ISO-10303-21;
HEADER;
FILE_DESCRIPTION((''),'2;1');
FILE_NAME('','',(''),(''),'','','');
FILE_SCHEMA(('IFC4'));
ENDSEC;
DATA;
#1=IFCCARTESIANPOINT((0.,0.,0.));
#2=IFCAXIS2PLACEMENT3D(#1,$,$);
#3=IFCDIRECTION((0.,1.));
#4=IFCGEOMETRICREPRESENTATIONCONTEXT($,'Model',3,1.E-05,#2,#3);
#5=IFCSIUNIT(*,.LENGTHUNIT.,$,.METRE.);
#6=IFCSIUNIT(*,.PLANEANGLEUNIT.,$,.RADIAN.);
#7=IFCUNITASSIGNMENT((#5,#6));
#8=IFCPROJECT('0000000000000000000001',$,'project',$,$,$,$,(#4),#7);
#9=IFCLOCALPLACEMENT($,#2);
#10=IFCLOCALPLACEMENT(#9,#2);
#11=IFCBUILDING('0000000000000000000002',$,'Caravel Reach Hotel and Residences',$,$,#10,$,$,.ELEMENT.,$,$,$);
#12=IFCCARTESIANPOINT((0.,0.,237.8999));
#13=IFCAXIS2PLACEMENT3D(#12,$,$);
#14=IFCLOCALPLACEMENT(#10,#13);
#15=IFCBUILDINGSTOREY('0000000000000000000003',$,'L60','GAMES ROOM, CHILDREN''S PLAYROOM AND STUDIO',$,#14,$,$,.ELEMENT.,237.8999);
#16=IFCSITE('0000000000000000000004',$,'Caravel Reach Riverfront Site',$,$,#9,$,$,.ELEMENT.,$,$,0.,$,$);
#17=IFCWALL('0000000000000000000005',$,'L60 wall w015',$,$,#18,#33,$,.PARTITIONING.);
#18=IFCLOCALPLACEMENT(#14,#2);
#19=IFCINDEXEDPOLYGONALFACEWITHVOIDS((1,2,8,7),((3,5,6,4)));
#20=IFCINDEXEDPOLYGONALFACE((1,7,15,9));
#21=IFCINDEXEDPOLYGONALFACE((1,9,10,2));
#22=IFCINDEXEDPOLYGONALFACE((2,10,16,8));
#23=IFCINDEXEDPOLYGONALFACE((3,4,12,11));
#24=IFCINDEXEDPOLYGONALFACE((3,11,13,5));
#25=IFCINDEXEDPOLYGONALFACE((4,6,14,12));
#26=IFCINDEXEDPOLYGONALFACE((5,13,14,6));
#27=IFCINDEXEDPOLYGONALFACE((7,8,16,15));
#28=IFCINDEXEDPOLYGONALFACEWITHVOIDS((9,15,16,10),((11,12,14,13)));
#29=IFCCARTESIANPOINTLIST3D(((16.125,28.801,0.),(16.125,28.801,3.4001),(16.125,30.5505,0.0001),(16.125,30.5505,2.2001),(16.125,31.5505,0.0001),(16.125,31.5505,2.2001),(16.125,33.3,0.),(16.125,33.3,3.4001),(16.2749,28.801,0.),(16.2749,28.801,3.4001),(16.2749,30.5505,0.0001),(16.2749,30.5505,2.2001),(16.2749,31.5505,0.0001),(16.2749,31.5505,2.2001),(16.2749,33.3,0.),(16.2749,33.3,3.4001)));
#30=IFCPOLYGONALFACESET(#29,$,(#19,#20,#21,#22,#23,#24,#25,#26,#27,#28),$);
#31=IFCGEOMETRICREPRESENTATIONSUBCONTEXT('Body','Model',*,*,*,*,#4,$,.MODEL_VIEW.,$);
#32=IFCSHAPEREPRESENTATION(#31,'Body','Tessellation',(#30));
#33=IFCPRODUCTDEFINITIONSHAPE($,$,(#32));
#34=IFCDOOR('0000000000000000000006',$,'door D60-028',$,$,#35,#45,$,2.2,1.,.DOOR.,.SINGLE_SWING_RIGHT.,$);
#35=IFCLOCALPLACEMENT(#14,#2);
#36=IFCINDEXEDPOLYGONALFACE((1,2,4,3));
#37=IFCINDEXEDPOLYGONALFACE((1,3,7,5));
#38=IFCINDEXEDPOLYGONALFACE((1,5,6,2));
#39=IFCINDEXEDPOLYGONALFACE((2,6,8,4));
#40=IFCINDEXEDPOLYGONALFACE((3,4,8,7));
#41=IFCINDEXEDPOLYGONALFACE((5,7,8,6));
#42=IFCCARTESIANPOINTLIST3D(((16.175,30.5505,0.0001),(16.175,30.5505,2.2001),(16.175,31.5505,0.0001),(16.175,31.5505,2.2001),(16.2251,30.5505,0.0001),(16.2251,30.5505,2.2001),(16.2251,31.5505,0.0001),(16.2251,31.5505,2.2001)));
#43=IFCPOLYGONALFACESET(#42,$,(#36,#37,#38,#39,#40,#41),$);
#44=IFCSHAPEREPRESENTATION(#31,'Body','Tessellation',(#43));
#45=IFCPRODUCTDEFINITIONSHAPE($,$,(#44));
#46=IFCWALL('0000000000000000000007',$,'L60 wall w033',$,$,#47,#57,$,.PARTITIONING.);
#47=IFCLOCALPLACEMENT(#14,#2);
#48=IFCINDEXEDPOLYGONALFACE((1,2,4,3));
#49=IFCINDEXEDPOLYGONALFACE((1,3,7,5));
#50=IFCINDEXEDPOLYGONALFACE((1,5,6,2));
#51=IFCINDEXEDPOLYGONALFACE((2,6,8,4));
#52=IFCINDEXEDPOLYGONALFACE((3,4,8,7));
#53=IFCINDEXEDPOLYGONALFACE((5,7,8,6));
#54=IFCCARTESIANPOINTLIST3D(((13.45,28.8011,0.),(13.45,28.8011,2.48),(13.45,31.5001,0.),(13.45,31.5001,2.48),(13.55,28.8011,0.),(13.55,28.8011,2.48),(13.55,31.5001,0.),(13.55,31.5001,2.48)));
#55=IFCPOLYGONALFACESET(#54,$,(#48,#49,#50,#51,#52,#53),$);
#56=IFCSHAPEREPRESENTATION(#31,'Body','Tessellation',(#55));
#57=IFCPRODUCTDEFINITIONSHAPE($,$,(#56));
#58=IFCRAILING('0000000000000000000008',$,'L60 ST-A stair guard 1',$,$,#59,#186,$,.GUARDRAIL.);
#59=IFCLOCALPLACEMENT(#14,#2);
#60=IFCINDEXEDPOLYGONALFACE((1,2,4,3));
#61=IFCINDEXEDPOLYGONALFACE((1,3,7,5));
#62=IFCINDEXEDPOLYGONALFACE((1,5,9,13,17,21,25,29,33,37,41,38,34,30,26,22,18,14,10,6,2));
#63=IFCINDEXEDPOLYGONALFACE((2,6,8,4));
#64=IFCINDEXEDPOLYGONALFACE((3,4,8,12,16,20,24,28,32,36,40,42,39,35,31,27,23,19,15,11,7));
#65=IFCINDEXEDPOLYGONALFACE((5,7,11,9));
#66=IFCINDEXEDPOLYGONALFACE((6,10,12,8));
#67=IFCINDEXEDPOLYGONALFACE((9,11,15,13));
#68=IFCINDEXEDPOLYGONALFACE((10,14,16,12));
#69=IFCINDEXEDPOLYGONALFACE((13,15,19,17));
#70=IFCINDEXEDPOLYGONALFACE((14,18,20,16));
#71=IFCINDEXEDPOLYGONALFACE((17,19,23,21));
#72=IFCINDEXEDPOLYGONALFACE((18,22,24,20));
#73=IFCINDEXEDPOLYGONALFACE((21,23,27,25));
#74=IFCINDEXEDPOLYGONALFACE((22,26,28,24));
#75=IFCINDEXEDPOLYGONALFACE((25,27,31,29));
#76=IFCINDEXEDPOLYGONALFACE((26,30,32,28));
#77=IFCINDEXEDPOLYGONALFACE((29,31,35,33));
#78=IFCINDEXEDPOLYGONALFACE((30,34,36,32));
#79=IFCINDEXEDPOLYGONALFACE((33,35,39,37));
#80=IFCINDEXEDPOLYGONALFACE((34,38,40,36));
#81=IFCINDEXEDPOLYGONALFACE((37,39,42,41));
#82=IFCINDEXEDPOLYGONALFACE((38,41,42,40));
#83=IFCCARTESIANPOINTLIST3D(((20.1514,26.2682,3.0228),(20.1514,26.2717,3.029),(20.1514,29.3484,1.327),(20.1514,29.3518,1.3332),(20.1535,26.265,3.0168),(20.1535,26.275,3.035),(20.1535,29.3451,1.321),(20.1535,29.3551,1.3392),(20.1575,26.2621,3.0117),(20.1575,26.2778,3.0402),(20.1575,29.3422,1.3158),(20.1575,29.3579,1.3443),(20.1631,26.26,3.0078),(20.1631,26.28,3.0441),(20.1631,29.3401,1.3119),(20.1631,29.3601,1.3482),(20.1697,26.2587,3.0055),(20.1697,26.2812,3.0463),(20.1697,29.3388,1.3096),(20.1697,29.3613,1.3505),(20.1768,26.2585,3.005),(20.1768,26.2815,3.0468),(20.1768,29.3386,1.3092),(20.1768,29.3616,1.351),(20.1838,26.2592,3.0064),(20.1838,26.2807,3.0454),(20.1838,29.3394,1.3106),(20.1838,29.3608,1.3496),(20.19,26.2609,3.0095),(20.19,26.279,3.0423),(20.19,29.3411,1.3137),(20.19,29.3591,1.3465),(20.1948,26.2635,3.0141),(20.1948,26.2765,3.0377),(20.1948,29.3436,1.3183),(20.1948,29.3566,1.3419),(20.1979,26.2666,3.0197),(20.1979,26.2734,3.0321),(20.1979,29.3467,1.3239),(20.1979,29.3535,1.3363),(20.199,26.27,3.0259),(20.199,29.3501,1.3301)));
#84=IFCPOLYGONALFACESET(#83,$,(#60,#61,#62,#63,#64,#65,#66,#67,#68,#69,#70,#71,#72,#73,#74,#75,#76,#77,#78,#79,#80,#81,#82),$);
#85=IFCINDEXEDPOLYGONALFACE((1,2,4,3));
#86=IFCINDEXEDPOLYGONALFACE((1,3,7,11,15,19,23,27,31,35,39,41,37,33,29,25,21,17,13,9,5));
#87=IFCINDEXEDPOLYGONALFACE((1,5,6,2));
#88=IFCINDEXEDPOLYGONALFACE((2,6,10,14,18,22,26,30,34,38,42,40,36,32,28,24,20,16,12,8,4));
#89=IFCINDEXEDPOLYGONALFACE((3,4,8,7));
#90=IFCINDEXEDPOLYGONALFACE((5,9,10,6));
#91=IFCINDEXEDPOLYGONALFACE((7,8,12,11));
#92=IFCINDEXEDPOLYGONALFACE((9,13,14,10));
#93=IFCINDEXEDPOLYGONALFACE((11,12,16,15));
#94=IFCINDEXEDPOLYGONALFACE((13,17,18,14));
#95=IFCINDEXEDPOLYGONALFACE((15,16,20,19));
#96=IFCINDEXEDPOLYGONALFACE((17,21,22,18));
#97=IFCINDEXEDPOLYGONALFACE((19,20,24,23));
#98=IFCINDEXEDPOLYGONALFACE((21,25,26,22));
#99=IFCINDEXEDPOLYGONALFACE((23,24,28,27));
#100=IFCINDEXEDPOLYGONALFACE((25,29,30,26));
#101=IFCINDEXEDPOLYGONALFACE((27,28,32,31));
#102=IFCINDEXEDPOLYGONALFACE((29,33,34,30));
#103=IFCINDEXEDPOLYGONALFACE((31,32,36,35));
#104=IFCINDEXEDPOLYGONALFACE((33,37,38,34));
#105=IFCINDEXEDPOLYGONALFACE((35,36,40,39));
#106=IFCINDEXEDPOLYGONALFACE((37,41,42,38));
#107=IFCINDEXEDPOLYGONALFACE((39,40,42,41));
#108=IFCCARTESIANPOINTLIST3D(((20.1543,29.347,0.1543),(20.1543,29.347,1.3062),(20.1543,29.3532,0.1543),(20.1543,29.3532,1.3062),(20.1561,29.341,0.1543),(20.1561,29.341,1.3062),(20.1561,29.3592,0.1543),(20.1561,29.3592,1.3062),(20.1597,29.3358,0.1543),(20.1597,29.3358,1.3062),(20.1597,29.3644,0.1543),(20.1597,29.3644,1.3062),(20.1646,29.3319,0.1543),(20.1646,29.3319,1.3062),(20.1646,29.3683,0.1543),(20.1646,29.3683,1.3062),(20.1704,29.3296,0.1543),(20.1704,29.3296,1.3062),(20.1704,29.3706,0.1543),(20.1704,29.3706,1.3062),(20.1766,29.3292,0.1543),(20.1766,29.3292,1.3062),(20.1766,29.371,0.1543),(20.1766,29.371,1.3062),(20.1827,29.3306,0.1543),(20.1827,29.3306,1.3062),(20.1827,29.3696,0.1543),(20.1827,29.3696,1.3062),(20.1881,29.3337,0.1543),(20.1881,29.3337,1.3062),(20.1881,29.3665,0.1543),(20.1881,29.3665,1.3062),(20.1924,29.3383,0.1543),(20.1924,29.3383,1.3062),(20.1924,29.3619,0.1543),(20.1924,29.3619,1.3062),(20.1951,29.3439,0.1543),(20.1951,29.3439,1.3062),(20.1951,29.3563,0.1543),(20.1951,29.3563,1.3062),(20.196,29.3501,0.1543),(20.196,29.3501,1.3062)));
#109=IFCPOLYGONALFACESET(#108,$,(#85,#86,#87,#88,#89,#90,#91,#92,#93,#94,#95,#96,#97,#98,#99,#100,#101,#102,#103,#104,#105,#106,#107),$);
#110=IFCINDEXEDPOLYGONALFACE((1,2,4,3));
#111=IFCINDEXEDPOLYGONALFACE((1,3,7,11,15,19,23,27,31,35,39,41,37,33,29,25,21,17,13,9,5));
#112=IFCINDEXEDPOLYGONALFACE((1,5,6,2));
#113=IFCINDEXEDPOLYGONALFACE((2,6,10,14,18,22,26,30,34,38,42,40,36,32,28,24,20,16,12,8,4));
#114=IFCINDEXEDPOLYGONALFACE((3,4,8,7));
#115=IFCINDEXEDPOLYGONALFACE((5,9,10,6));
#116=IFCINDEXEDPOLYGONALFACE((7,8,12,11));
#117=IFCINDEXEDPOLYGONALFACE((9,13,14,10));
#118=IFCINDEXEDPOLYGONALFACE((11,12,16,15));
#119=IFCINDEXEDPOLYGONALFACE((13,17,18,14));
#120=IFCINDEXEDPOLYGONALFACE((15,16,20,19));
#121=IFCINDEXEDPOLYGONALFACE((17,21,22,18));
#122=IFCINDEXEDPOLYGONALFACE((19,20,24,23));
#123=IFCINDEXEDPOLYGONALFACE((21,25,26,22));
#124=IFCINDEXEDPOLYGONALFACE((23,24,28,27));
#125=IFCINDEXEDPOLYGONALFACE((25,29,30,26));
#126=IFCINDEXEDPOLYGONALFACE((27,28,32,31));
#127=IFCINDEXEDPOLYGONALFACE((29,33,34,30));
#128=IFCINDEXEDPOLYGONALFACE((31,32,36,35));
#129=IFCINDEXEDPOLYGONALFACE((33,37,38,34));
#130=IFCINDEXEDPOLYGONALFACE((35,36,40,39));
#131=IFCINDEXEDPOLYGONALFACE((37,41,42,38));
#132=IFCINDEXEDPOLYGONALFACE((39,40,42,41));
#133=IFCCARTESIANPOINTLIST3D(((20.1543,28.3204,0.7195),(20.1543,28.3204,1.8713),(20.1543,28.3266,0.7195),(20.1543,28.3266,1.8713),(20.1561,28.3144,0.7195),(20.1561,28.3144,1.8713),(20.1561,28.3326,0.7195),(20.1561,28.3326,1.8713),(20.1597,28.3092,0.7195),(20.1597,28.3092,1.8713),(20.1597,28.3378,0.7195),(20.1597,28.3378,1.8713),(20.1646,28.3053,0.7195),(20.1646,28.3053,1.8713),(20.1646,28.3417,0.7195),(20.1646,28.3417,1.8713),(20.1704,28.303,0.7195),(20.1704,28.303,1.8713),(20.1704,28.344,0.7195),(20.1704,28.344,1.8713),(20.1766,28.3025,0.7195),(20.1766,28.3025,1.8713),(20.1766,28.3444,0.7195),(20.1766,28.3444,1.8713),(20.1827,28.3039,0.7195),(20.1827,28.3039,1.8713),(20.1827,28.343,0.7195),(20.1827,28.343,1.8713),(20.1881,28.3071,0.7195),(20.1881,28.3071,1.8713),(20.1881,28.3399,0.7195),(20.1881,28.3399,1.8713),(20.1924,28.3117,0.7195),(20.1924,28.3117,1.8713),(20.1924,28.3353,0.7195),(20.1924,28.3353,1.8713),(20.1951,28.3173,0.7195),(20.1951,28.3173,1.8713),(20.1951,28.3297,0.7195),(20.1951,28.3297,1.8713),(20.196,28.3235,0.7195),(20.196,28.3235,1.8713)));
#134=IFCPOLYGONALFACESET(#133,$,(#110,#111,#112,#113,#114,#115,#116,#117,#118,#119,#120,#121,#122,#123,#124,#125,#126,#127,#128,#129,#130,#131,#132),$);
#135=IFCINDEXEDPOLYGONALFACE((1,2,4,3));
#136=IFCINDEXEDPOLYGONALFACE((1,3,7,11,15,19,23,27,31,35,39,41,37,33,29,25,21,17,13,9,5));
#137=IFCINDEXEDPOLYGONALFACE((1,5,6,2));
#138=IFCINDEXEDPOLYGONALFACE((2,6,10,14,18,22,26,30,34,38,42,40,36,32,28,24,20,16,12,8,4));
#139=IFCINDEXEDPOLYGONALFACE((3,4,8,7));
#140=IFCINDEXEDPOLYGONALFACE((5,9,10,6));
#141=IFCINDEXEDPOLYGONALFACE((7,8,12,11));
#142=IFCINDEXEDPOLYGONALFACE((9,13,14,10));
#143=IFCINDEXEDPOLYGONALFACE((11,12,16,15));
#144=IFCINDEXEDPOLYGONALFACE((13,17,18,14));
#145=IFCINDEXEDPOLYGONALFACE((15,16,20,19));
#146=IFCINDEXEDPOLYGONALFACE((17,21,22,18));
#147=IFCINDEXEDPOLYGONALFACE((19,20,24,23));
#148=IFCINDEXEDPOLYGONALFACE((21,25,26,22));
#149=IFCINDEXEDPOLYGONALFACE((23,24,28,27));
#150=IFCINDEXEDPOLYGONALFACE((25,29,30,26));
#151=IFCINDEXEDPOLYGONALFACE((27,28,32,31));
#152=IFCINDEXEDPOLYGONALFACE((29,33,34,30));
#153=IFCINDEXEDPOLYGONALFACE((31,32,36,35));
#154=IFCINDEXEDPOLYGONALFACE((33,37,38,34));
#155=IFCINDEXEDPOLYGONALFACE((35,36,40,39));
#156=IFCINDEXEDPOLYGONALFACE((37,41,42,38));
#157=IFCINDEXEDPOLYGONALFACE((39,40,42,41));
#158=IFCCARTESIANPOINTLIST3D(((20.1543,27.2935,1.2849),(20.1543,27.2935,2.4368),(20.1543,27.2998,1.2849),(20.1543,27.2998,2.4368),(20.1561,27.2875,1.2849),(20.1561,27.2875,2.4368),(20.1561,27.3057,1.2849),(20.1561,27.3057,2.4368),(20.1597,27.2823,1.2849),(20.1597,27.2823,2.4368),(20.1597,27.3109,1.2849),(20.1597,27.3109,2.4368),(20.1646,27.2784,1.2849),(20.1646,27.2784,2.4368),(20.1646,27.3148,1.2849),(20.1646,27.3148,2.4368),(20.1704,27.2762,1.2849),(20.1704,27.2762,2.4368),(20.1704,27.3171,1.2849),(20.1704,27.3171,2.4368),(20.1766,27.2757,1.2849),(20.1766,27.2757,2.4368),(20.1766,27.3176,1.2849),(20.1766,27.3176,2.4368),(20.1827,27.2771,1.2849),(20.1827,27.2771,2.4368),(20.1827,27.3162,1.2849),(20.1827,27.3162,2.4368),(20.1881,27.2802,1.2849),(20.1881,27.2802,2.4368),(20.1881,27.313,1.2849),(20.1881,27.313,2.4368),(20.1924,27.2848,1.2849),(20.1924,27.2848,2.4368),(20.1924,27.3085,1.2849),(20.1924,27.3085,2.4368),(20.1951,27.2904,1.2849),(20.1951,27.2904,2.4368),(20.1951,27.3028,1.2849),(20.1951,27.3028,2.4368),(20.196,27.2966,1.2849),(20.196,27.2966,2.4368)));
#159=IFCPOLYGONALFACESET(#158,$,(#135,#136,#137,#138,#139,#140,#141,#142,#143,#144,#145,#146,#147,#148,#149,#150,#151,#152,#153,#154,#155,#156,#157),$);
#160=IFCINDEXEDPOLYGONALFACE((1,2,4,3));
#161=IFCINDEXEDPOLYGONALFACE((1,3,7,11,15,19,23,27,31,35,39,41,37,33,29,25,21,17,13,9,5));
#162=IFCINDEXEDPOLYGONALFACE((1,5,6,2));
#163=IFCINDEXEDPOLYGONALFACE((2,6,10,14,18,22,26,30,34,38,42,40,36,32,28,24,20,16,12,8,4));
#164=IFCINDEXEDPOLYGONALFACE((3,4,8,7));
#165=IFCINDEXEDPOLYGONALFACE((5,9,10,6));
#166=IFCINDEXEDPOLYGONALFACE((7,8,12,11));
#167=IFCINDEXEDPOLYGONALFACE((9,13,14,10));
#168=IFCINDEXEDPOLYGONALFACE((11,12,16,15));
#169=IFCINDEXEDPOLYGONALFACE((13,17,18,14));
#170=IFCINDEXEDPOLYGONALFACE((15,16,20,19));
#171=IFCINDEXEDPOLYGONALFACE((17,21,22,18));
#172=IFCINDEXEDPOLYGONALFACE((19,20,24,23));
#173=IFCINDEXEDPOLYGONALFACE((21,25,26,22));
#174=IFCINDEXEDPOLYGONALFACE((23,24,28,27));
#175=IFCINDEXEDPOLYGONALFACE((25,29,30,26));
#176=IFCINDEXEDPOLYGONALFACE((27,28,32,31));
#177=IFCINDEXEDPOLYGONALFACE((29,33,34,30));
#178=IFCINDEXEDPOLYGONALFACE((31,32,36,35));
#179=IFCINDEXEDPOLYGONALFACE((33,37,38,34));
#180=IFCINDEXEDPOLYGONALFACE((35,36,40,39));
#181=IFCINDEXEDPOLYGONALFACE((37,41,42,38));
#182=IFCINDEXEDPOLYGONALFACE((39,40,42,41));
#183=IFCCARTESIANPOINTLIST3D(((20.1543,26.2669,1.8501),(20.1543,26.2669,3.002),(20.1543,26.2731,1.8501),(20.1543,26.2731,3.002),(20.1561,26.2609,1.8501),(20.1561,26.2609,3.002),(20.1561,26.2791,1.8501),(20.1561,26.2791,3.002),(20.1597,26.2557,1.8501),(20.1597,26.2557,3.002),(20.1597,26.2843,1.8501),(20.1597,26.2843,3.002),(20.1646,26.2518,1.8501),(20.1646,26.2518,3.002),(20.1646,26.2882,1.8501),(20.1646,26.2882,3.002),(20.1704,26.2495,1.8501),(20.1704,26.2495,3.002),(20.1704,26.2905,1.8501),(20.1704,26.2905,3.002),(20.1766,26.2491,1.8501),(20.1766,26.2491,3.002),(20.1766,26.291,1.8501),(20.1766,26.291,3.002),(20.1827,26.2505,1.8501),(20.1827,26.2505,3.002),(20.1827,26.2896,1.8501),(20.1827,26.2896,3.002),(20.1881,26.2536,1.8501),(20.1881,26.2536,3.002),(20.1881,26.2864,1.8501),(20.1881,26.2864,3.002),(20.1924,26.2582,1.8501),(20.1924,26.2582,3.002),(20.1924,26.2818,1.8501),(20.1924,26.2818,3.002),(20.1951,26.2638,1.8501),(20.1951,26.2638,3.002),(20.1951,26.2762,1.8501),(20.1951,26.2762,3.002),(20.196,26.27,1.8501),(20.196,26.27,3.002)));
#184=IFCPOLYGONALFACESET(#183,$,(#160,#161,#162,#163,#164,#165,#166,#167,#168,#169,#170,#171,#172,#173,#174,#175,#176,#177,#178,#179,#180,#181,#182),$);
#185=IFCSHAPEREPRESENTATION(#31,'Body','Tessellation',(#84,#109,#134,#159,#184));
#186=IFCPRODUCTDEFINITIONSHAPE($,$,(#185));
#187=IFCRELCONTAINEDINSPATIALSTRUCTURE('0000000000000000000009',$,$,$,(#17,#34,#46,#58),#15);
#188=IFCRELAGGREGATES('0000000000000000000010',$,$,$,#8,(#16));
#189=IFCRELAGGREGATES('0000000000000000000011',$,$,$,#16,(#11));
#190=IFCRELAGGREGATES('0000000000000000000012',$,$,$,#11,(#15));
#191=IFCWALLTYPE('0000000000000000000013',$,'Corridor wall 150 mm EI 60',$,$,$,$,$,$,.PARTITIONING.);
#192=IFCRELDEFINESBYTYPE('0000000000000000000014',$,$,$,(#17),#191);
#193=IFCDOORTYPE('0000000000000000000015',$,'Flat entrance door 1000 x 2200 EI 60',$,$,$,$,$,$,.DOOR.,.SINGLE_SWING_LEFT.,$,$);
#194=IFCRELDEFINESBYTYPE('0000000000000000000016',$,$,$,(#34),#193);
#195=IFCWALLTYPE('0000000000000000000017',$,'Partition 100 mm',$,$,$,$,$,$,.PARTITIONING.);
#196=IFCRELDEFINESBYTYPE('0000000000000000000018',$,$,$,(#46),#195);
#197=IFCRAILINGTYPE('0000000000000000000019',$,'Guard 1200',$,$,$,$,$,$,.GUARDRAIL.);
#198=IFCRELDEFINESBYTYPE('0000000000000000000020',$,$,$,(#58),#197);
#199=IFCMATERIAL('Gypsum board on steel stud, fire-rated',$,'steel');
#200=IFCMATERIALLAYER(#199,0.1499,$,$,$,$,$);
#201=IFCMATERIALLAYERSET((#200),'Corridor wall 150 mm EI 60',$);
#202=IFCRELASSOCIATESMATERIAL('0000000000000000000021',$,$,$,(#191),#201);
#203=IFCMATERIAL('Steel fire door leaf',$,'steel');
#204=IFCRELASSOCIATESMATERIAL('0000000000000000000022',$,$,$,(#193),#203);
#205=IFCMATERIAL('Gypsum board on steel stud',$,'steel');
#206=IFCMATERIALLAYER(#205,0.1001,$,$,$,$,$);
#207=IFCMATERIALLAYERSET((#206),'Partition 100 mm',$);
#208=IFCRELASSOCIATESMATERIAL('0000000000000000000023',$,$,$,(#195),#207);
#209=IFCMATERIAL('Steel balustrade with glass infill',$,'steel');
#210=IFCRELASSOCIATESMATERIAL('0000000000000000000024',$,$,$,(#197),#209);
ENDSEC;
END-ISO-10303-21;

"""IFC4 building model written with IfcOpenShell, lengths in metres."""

from ifc_helpers import new_model, si_unit, direction, frame, frame_2d, origin, origin_2d, place, context, subcontext, project, spatial, rectangle, circle, extrude, material, layer, layer_set, type_object, element, fill, save


model = new_model("IFC4")

# Units and contexts
model_context = context("Model", 3, precision=1e-05, world=origin(), true_north=direction((0.0, 1.0)))
body_context = subcontext(model_context, "Body", "Model", "MODEL_VIEW")
ifc_project = project(units=[si_unit("LENGTHUNIT", "METRE"), si_unit("PLANEANGLEUNIT", "RADIAN")], contexts=[model_context])

# Site, building, storey
site_placement = place(None, origin())
site = spatial("IfcSite", under=ifc_project, at=site_placement, Name="Caravel Reach Riverfront Site", CompositionType="ELEMENT", RefElevation=0.0)
building_placement = place(site_placement, origin())
building = spatial("IfcBuilding", under=site, at=building_placement, Name="Caravel Reach Hotel and Residences", CompositionType="ELEMENT")
storey_placement = place(building_placement, frame((0.0, 0.0, 237.8999)))
storey = spatial("IfcBuildingStorey", under=building, at=storey_placement, Name="L60", Description="GAMES ROOM, CHILDREN'S PLAYROOM AND STUDIO", CompositionType="ELEMENT", Elevation=237.8999)

# Shared definitions
ifc_material_1 = material(Name="Gypsum board on steel stud, fire-rated", Category="steel")
ifc_layer_1 = layer(ifc_material_1, 0.1499)
ifc_layer_set_1 = layer_set([ifc_layer_1], Name="Corridor wall 150 mm EI 60")
wall_type_1 = type_object("IfcWallType", Name="Corridor wall 150 mm EI 60", PredefinedType="PARTITIONING", material=ifc_layer_set_1)
ifc_material_2 = material(Name="Steel fire door leaf", Category="steel")
door_type_1 = type_object("IfcDoorType", Name="Flat entrance door 1000 x 2200 EI 60", OperationType="SINGLE_SWING_LEFT", PredefinedType="DOOR", material=ifc_material_2)

# Wall, opening, door
wall_1_placement = place(storey_placement, frame((16.2, 28.801, 0.0), z_axis=(0.0, 0.0, 1.0), x_axis=(0.0, 1.0, 0.0)))
wall_1 = element("IfcWall", 1, at=wall_1_placement, inside=storey, type_object=wall_type_1, Name="L60 wall w015", PredefinedType="PARTITIONING", context=body_context, shape_type="SweptSolid", body=[
    extrude(rectangle(XDim=4.499, YDim=0.1499, at=frame_2d((2.2495, 0.0))), origin(), (0.0, 0.0, 1.0), 3.4001),
])
opening_1_placement = place(wall_1_placement, frame((1.7495, 0.0, 0.0)))
opening_1 = element("IfcOpeningElement", 2, at=opening_1_placement, cuts=wall_1, PredefinedType="OPENING", context=body_context, shape_type="SweptSolid", body=[
    extrude(rectangle(XDim=1.0, YDim=2.2, at=frame_2d((0.5, 1.1001))), frame((0.0, 0.085, 0.0), z_axis=(0.0, -1.0, 0.0), x_axis=(1.0, 0.0, 0.0)), (0.0, 0.0, 1.0), 0.1699),
])
door_1_placement = place(opening_1_placement, origin())
door_1 = element("IfcDoor", 3, at=door_1_placement, inside=storey, type_object=door_type_1, Name="door D60-028", OperationType="SINGLE_SWING_RIGHT", OverallHeight=2.2, OverallWidth=1.0, PredefinedType="DOOR", context=body_context, shape_type="SweptSolid", body=[
    extrude(rectangle(XDim=1.0, YDim=2.2, at=frame_2d((0.5, 1.1001))), frame((0.0, 0.0249, 0.0), z_axis=(0.0, -1.0, 0.0), x_axis=(1.0, 0.0, 0.0)), (0.0, 0.0, 1.0), 0.05),
])
fill(opening_1, door_1)

# Wall
ifc_material_3 = material(Name="Gypsum board on steel stud", Category="steel")
ifc_layer_2 = layer(ifc_material_3, 0.1001)
ifc_layer_set_2 = layer_set([ifc_layer_2], Name="Partition 100 mm")
wall_type_2 = type_object("IfcWallType", Name="Partition 100 mm", PredefinedType="PARTITIONING", material=ifc_layer_set_2)
wall_2_placement = place(storey_placement, frame((13.5, 28.801, 0.0), z_axis=(0.0, 0.0, 1.0), x_axis=(0.0, 1.0, 0.0)))
element("IfcWall", 4, at=wall_2_placement, inside=storey, type_object=wall_type_2, Name="L60 wall w033", PredefinedType="PARTITIONING", context=body_context, shape_type="SweptSolid", body=[
    extrude(rectangle(XDim=2.699, YDim=0.1001, at=frame_2d((1.3496, 0.0))), origin(), (0.0, 0.0, 1.0), 2.48),
])

# Railing
ifc_material_4 = material(Name="Steel balustrade with glass infill", Category="steel")
railing_type_1 = type_object("IfcRailingType", Name="Guard 1200", PredefinedType="GUARDRAIL", material=ifc_material_4)
railing_1_placement = place(storey_placement, frame((20.175, 29.3501, 0.1543)))
element("IfcRailing", 5, at=railing_1_placement, inside=storey, type_object=railing_type_1, Name="L60 ST-A stair guard 1", PredefinedType="GUARDRAIL", context=body_context, shape_type="SweptSolid", body=[
    extrude(circle(Radius=0.0239, at=origin_2d()), frame((0.0, 0.0, 1.1758), z_axis=(0.0, -0.876005, 0.482303), x_axis=(1.0, 0.0, 0.0)), (0.0, 0.0, 1.0), 3.5161),
    extrude(circle(Radius=0.021, at=origin_2d()), origin(), (0.0, 0.0, 1.0), 1.1519),
    extrude(circle(Radius=0.021, at=origin_2d()), frame((0.0, -1.0266, 0.5652)), (0.0, 0.0, 1.0), 1.1519),
    extrude(circle(Radius=0.021, at=origin_2d()), frame((0.0, -2.0535, 1.1306)), (0.0, 0.0, 1.0), 1.1519),
    extrude(circle(Radius=0.021, at=origin_2d()), frame((0.0, -3.0801, 1.6958)), (0.0, 0.0, 1.0), 1.1519),
])

save(model, "model.ifc")
